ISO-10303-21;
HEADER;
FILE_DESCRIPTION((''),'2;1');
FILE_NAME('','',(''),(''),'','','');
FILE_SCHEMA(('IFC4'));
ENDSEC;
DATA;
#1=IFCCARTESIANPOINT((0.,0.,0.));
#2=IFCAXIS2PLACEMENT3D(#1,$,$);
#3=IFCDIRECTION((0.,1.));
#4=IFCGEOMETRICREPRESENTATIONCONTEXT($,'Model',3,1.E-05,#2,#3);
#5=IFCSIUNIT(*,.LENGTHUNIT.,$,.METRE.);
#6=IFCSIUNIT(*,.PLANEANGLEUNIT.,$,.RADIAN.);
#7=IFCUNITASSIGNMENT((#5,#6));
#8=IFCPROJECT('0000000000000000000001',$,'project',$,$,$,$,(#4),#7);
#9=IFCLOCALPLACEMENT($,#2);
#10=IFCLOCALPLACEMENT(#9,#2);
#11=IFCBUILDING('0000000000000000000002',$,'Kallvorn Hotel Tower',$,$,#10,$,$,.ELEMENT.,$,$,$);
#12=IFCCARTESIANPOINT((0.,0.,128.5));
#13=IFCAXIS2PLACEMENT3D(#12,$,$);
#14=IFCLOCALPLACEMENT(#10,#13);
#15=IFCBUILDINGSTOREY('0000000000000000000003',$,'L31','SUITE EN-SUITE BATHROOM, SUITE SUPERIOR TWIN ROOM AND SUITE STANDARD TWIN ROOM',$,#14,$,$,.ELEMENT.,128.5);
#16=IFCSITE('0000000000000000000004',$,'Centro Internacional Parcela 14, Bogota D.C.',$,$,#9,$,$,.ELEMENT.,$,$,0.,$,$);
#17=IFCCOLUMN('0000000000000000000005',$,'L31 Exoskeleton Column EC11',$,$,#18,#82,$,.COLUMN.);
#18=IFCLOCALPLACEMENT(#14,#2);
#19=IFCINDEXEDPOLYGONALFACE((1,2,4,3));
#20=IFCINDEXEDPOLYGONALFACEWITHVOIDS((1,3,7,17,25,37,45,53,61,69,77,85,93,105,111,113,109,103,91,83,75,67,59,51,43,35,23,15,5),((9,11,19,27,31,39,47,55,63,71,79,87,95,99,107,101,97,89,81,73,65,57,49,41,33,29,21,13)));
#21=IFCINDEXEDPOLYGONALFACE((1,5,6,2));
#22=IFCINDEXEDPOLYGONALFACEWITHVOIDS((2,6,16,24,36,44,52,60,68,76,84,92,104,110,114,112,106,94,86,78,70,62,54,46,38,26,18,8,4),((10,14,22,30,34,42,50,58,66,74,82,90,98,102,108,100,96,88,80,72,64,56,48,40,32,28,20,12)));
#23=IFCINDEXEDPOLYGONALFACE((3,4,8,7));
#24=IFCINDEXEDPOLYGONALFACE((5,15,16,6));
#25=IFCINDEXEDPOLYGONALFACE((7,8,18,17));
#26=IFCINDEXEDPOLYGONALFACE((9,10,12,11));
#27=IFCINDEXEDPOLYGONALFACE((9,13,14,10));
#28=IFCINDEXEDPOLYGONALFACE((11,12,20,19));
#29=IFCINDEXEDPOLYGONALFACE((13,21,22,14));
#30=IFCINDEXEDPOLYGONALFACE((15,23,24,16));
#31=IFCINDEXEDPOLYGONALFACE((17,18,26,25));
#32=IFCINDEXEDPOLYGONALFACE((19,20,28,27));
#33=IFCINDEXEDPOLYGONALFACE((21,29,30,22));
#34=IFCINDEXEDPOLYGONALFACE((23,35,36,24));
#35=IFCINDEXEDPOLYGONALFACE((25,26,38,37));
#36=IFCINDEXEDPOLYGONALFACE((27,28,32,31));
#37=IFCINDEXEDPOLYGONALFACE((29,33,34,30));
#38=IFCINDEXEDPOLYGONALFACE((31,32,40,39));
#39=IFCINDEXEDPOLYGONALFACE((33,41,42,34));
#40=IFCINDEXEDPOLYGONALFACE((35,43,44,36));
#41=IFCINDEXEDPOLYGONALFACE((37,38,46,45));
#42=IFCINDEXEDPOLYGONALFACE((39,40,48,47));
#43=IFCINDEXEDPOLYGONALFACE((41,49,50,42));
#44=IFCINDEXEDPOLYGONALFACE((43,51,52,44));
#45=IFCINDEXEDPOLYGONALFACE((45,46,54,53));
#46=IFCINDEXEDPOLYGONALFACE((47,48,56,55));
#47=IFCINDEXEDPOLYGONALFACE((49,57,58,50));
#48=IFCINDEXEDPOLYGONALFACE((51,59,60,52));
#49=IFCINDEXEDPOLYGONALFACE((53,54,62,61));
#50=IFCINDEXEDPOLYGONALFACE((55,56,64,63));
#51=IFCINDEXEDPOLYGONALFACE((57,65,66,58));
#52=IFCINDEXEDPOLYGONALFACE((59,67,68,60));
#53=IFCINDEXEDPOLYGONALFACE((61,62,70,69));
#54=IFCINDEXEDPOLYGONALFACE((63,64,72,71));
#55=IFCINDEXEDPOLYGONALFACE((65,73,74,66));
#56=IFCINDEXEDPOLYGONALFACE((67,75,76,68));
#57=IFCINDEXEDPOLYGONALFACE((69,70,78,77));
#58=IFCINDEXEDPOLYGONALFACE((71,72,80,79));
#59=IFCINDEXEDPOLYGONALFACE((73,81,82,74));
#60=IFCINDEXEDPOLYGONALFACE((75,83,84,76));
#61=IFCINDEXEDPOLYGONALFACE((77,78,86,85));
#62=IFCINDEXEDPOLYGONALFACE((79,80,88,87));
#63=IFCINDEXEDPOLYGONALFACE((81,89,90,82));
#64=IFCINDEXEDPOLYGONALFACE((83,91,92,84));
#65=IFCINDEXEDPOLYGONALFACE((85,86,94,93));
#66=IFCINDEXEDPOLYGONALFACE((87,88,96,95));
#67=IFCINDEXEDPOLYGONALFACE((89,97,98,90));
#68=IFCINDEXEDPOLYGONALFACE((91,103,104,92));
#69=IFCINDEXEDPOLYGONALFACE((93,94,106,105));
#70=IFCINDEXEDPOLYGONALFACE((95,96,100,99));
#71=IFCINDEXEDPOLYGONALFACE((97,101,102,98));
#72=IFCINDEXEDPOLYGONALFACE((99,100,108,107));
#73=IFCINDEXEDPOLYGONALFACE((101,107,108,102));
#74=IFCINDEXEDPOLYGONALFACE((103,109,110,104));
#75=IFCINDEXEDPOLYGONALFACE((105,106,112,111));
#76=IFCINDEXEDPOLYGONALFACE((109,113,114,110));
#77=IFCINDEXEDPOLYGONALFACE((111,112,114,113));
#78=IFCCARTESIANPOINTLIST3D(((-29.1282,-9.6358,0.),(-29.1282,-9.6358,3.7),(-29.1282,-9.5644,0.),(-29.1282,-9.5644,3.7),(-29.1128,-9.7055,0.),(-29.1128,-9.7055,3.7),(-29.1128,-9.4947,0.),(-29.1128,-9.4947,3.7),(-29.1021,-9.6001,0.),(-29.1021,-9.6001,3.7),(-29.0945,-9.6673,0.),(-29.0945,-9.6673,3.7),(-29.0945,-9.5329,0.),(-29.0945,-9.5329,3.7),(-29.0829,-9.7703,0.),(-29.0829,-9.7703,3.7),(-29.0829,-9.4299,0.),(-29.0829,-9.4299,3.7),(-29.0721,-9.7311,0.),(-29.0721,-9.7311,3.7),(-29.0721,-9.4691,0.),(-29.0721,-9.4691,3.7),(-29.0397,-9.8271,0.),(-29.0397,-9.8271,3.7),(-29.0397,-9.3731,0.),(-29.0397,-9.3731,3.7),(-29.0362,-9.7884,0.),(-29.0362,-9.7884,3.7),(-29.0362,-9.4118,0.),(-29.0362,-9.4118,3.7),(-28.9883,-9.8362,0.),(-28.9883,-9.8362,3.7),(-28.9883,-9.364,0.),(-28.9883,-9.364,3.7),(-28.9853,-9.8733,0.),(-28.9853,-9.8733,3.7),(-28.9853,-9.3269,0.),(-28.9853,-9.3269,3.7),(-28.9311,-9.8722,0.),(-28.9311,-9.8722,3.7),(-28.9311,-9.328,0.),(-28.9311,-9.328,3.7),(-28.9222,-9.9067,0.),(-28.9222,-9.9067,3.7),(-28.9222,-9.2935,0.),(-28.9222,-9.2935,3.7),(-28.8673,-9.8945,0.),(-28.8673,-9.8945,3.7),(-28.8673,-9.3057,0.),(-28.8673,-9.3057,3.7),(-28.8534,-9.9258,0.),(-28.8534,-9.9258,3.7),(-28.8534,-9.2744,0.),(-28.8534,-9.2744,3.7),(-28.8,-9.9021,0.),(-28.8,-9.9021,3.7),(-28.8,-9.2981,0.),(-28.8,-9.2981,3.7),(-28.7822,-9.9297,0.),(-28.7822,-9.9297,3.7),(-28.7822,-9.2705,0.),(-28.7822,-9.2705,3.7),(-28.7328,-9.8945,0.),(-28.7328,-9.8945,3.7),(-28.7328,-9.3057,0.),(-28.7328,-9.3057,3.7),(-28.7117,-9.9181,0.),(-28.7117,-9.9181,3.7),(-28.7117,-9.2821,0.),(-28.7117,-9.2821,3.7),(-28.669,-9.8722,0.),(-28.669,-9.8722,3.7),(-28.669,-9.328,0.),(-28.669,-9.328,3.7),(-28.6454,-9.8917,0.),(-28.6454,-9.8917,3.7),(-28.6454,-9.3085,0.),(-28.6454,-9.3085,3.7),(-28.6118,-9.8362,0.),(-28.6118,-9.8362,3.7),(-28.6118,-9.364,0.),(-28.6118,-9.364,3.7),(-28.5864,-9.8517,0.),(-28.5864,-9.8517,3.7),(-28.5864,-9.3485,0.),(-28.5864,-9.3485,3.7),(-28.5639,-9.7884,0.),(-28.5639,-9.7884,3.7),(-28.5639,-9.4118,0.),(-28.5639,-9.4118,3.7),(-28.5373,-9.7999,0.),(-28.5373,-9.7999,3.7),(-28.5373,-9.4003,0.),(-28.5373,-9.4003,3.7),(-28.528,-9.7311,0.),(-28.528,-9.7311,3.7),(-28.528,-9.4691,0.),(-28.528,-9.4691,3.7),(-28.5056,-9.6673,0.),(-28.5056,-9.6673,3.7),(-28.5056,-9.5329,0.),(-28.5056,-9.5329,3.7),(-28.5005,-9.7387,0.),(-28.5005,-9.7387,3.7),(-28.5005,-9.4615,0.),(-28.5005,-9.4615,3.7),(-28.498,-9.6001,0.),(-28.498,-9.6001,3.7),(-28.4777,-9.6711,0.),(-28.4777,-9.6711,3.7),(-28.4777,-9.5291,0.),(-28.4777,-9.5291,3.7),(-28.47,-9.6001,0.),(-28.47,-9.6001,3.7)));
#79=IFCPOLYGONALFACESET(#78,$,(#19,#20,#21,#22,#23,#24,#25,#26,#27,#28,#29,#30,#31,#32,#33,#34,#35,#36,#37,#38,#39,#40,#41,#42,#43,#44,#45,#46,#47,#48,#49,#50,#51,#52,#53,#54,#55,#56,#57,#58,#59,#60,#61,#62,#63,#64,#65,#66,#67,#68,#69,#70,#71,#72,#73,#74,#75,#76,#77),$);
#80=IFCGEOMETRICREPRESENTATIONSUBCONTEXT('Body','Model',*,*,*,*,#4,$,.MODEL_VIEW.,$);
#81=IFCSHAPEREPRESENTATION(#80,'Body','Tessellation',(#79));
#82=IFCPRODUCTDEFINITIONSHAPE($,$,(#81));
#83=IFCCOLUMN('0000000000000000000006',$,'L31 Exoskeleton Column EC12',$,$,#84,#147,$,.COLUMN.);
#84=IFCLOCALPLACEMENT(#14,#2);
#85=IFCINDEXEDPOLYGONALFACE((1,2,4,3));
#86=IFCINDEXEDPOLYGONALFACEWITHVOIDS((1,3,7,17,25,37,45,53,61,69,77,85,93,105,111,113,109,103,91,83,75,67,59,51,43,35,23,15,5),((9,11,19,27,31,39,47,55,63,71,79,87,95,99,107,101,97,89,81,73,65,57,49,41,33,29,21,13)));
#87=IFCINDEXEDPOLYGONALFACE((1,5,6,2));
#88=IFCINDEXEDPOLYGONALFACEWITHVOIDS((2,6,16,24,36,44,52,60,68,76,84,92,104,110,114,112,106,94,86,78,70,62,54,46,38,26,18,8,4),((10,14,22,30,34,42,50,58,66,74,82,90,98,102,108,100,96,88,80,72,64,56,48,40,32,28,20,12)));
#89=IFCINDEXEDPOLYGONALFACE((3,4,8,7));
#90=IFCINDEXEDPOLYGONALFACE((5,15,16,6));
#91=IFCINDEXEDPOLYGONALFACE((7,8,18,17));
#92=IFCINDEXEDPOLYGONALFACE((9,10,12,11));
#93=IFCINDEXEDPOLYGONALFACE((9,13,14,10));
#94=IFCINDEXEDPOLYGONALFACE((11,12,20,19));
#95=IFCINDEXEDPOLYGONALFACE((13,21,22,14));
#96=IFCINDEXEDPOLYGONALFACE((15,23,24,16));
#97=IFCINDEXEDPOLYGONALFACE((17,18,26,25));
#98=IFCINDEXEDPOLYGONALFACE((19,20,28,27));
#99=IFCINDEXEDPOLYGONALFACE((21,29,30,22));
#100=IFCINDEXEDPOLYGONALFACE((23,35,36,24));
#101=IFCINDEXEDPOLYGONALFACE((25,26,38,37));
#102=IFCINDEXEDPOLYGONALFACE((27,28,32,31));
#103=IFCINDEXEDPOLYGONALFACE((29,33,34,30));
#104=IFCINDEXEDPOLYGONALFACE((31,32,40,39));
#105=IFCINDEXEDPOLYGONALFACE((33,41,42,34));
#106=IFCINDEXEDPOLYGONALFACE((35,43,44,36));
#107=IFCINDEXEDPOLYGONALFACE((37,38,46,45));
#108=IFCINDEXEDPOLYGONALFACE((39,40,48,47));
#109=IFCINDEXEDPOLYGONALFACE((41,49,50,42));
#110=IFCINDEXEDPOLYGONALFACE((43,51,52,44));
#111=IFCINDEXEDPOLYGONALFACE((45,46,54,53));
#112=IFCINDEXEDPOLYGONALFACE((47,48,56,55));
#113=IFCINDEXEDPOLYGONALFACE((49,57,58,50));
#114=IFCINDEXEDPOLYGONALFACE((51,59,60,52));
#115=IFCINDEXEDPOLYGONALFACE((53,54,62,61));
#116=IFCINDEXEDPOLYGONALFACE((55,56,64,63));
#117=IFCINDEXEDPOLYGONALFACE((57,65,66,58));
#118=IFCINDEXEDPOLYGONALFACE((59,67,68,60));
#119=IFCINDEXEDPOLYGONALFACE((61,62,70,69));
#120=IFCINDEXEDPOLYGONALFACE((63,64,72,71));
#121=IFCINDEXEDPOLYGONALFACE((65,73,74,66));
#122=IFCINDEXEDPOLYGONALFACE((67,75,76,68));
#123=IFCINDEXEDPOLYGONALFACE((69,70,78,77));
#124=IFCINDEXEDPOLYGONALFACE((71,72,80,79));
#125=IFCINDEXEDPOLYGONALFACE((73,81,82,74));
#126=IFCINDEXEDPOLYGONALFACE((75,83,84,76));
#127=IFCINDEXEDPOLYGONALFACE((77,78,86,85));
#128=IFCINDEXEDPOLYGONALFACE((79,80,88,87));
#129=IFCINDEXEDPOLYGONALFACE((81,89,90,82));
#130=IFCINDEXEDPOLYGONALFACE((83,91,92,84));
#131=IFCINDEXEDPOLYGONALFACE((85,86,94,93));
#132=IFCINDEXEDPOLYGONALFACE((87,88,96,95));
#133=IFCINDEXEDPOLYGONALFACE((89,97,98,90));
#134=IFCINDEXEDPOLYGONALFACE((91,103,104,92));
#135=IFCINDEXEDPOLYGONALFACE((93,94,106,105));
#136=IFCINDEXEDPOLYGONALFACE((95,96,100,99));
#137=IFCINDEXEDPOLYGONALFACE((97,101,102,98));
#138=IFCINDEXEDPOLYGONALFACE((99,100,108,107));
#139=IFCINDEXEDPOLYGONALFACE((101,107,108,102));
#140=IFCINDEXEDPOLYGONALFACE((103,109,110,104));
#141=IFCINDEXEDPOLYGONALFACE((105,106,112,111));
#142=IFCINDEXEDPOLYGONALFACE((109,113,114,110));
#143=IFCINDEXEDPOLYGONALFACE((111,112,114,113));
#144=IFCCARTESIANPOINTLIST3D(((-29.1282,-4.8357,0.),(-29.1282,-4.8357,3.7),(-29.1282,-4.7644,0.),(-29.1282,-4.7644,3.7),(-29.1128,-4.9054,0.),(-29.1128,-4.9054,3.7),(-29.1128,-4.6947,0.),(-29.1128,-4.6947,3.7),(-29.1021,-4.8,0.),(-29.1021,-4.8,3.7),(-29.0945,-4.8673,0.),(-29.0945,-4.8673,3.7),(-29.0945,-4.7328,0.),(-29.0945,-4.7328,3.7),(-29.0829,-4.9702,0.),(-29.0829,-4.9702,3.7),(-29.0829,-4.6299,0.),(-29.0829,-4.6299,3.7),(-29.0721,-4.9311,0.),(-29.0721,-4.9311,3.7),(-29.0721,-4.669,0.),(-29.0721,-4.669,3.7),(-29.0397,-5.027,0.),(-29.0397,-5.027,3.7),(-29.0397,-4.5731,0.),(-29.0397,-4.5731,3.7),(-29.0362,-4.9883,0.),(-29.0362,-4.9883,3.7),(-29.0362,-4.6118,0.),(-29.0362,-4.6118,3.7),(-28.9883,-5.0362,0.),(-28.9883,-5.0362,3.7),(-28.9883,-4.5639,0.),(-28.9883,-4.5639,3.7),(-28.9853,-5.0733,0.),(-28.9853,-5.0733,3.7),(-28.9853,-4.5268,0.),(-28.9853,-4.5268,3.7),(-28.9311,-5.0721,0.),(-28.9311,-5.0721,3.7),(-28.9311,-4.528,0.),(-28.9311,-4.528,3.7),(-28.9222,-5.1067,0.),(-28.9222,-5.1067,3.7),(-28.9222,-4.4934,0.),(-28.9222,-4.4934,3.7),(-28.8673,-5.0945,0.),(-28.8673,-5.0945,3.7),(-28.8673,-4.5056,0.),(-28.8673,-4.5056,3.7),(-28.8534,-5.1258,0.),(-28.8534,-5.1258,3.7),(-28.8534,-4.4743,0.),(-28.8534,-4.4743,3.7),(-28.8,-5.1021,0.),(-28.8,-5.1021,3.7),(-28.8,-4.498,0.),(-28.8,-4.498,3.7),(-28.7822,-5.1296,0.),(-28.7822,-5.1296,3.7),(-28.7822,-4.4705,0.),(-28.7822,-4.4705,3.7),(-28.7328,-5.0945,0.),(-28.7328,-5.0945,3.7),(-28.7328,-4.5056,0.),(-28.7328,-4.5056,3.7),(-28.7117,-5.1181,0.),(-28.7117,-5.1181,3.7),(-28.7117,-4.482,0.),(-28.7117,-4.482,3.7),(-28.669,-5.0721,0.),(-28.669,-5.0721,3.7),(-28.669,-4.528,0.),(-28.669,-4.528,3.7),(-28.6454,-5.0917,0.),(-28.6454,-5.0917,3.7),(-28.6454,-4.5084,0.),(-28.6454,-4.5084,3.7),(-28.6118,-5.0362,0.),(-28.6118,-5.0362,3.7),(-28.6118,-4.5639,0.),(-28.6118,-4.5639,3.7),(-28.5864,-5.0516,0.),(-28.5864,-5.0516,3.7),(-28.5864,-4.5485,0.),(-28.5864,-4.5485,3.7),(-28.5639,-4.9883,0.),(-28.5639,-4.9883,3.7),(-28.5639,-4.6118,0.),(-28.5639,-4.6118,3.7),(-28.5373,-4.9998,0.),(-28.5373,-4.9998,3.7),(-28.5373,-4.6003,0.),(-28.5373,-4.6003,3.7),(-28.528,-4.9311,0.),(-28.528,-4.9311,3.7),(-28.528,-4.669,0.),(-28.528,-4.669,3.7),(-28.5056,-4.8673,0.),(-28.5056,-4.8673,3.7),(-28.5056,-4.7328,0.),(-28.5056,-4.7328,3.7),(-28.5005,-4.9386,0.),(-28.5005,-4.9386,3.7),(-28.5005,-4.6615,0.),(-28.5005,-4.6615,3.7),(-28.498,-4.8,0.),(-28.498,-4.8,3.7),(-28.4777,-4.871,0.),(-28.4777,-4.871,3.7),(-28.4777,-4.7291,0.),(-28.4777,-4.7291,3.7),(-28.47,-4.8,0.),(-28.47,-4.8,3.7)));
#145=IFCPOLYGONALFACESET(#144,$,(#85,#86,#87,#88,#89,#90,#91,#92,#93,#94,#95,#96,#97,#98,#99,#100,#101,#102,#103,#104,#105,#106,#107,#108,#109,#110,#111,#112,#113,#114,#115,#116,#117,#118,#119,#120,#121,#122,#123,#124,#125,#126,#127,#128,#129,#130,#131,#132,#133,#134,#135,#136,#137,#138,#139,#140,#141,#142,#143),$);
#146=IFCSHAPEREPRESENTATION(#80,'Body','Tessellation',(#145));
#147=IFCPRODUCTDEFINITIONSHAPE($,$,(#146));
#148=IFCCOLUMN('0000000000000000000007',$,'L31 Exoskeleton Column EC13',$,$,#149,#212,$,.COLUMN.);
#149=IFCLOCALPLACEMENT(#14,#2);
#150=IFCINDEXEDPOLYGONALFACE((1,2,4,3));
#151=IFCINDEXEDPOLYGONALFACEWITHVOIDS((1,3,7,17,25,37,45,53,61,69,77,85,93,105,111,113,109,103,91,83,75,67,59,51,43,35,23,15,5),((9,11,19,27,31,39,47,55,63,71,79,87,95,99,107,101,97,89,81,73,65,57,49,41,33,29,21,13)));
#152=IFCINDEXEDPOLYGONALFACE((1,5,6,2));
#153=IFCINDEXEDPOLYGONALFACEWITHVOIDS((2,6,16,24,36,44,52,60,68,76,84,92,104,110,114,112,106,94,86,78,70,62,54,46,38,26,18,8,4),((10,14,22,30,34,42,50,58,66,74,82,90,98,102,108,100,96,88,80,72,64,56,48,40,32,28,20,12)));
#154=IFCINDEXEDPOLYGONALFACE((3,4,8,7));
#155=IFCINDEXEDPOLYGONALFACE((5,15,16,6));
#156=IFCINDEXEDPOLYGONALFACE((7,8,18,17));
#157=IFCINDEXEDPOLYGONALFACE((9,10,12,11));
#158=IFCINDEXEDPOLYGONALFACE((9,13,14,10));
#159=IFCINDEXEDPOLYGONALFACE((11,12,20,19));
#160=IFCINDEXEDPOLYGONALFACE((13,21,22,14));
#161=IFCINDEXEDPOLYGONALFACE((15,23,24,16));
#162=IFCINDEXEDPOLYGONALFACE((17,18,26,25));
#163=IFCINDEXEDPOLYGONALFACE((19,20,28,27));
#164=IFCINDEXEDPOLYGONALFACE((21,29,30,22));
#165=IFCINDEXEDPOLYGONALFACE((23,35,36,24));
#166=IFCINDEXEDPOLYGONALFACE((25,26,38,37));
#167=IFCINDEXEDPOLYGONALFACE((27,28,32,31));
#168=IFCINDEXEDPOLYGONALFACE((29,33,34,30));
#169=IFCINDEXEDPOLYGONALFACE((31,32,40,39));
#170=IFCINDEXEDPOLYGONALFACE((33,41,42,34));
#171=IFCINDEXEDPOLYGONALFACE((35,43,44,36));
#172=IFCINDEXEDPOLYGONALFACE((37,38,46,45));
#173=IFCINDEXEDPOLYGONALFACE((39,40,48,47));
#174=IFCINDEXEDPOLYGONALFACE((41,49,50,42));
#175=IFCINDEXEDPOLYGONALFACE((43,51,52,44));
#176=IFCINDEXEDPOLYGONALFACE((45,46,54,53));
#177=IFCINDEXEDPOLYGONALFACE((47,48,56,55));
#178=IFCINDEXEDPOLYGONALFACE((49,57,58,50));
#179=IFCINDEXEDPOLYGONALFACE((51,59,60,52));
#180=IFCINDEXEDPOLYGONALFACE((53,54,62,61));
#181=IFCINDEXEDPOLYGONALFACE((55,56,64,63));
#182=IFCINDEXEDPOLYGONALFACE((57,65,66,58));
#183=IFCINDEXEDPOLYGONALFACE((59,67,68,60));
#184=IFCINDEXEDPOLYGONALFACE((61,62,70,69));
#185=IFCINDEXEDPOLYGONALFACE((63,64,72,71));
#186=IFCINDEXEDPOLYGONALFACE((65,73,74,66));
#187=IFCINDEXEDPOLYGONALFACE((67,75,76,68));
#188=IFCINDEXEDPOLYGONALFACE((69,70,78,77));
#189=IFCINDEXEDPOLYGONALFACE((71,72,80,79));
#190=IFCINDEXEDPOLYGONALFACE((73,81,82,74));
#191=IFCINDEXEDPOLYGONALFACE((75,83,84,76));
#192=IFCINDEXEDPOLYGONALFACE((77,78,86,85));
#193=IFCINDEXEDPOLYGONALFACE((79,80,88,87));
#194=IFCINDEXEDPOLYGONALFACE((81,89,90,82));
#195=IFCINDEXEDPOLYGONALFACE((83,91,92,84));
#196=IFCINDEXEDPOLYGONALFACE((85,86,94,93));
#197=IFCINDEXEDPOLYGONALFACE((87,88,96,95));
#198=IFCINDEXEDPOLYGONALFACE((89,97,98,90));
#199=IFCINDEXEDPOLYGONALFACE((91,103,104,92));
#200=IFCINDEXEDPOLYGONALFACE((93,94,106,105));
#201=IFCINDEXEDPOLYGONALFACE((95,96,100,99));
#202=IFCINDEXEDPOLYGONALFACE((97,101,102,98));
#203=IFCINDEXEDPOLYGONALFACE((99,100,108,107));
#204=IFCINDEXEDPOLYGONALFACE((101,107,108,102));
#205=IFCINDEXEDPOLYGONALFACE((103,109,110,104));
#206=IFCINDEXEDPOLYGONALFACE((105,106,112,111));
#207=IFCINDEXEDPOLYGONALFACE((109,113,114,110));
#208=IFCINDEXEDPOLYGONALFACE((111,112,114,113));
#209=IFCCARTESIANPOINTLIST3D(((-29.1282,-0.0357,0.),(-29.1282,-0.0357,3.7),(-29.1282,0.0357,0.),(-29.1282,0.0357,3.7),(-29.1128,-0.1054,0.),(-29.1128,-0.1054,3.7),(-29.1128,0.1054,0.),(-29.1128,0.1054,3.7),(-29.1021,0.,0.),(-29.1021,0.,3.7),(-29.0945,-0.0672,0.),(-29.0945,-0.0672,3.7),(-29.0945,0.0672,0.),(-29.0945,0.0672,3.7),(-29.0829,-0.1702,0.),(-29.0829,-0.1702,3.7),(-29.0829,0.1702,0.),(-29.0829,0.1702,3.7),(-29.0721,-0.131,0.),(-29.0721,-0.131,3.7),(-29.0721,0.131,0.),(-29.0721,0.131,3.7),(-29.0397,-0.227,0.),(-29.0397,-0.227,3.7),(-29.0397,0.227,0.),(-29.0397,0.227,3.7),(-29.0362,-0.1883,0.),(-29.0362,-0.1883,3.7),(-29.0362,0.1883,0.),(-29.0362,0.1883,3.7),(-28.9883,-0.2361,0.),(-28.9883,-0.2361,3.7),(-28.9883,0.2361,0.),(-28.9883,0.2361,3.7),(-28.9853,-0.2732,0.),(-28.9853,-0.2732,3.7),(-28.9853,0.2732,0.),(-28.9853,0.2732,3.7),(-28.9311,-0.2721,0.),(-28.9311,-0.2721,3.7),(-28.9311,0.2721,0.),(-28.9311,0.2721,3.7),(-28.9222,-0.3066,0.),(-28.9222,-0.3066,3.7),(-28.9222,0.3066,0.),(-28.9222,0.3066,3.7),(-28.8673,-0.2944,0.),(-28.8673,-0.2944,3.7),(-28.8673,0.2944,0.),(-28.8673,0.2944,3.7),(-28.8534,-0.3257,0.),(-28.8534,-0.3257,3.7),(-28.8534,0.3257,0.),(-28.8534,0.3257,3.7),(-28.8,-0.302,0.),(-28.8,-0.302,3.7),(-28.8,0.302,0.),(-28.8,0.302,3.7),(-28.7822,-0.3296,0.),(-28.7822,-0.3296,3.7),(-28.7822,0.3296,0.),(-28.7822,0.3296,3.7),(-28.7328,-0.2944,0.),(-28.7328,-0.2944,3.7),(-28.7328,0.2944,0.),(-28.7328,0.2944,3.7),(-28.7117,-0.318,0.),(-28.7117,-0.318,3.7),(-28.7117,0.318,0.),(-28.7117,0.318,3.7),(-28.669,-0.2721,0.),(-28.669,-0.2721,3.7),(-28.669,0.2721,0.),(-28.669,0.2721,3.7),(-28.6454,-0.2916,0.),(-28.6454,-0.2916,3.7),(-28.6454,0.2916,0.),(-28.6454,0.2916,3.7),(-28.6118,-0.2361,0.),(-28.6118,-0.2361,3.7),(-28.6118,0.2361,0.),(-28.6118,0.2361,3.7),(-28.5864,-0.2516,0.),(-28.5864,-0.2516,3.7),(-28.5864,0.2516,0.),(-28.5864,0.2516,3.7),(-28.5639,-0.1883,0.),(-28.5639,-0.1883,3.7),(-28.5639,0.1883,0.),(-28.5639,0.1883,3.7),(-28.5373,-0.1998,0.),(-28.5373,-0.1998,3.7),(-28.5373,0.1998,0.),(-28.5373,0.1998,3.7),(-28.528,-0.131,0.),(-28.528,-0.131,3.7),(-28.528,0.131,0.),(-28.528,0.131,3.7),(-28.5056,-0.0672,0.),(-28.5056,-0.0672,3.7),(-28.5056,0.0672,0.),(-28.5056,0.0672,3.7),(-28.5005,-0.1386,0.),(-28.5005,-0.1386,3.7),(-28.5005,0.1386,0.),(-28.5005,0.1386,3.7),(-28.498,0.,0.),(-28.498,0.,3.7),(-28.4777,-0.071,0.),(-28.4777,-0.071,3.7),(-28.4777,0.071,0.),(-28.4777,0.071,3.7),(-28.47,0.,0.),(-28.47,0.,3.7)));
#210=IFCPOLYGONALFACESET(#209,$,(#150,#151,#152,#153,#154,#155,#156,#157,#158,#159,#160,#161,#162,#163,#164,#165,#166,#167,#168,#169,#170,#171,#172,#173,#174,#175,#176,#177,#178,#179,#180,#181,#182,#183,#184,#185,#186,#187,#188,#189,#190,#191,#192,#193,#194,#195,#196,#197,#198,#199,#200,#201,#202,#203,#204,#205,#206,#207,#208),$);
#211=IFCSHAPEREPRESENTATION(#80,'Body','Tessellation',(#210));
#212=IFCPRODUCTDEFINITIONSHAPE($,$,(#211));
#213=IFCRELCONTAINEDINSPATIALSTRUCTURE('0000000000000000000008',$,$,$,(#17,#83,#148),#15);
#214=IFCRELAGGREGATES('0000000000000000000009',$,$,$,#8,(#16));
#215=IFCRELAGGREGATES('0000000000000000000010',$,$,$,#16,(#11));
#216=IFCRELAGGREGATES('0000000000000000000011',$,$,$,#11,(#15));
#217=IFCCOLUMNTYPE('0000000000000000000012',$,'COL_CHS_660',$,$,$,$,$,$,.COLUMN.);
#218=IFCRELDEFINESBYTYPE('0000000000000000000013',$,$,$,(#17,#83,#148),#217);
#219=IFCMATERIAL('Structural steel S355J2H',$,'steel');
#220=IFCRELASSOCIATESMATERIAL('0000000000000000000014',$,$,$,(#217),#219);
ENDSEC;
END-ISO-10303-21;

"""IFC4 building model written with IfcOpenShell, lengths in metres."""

from ifc_helpers import new_model, si_unit, direction, frame, origin, origin_2d, place, context, subcontext, project, spatial, hollow_circle, extrude, material, material_profile, profile_set, type_object, element, save


model = new_model("IFC4")

# Units and contexts
model_context = context("Model", 3, precision=1e-05, world=origin(), true_north=direction((0.0, 1.0)))
body_context = subcontext(model_context, "Body", "Model", "MODEL_VIEW")
ifc_project = project(units=[si_unit("LENGTHUNIT", "METRE"), si_unit("PLANEANGLEUNIT", "RADIAN")], contexts=[model_context])

# Site, building, storey
site_placement = place(None, origin())
site = spatial("IfcSite", under=ifc_project, at=site_placement, Name="Centro Internacional Parcela 14, Bogota D.C.", CompositionType="ELEMENT", RefElevation=0.0)
building_placement = place(site_placement, origin())
building = spatial("IfcBuilding", under=site, at=building_placement, Name="Kallvorn Hotel Tower", CompositionType="ELEMENT")
storey_placement = place(building_placement, frame((0.0, 0.0, 128.5)))
storey = spatial("IfcBuildingStorey", under=building, at=storey_placement, Name="L31", Description="SUITE EN-SUITE BATHROOM, SUITE SUPERIOR TWIN ROOM AND SUITE STANDARD TWIN ROOM", CompositionType="ELEMENT", Elevation=128.5)

# Columns
ifc_material_1 = material(Name="Structural steel S355J2H", Category="steel")
ifc_material_profile_1 = material_profile(ifc_material_1, hollow_circle(Radius=0.3301, WallThickness=0.0281, at=origin_2d()), Name="CHS 660x28")
ifc_profile_set_1 = profile_set([ifc_material_profile_1], Name="Structural steel S355J2H")
column_type_1 = type_object("IfcColumnType", Name="COL_CHS_660", PredefinedType="COLUMN", material=ifc_profile_set_1)
for number, where, z_axis, x_axis, name in (
    (1, (-28.8, -9.6001, 0.0), (0.0, 0.0, 1.0), (1.0, 0.0, 0.0), "L31 Exoskeleton Column EC11"),
    (2, (-28.8, -4.8, 0.0), (0.0, 0.0, 1.0), (1.0, 0.0, 0.0), "L31 Exoskeleton Column EC12"),
    (3, (-28.8, 0.0, 0.0), (0.0, 0.0, 1.0), (1.0, 0.0, 0.0), "L31 Exoskeleton Column EC13"),
):
    element("IfcColumn", number, at=place(storey_placement, frame(where, z_axis=z_axis, x_axis=x_axis)), inside=storey, type_object=column_type_1, Name=name, PredefinedType="COLUMN", context=body_context, shape_type="SweptSolid", body=[
        extrude(hollow_circle(Radius=0.3301, WallThickness=0.0281, at=origin_2d()), origin(), (0.0, 0.0, 1.0), 3.7),
    ])

save(model, "model.ifc")
